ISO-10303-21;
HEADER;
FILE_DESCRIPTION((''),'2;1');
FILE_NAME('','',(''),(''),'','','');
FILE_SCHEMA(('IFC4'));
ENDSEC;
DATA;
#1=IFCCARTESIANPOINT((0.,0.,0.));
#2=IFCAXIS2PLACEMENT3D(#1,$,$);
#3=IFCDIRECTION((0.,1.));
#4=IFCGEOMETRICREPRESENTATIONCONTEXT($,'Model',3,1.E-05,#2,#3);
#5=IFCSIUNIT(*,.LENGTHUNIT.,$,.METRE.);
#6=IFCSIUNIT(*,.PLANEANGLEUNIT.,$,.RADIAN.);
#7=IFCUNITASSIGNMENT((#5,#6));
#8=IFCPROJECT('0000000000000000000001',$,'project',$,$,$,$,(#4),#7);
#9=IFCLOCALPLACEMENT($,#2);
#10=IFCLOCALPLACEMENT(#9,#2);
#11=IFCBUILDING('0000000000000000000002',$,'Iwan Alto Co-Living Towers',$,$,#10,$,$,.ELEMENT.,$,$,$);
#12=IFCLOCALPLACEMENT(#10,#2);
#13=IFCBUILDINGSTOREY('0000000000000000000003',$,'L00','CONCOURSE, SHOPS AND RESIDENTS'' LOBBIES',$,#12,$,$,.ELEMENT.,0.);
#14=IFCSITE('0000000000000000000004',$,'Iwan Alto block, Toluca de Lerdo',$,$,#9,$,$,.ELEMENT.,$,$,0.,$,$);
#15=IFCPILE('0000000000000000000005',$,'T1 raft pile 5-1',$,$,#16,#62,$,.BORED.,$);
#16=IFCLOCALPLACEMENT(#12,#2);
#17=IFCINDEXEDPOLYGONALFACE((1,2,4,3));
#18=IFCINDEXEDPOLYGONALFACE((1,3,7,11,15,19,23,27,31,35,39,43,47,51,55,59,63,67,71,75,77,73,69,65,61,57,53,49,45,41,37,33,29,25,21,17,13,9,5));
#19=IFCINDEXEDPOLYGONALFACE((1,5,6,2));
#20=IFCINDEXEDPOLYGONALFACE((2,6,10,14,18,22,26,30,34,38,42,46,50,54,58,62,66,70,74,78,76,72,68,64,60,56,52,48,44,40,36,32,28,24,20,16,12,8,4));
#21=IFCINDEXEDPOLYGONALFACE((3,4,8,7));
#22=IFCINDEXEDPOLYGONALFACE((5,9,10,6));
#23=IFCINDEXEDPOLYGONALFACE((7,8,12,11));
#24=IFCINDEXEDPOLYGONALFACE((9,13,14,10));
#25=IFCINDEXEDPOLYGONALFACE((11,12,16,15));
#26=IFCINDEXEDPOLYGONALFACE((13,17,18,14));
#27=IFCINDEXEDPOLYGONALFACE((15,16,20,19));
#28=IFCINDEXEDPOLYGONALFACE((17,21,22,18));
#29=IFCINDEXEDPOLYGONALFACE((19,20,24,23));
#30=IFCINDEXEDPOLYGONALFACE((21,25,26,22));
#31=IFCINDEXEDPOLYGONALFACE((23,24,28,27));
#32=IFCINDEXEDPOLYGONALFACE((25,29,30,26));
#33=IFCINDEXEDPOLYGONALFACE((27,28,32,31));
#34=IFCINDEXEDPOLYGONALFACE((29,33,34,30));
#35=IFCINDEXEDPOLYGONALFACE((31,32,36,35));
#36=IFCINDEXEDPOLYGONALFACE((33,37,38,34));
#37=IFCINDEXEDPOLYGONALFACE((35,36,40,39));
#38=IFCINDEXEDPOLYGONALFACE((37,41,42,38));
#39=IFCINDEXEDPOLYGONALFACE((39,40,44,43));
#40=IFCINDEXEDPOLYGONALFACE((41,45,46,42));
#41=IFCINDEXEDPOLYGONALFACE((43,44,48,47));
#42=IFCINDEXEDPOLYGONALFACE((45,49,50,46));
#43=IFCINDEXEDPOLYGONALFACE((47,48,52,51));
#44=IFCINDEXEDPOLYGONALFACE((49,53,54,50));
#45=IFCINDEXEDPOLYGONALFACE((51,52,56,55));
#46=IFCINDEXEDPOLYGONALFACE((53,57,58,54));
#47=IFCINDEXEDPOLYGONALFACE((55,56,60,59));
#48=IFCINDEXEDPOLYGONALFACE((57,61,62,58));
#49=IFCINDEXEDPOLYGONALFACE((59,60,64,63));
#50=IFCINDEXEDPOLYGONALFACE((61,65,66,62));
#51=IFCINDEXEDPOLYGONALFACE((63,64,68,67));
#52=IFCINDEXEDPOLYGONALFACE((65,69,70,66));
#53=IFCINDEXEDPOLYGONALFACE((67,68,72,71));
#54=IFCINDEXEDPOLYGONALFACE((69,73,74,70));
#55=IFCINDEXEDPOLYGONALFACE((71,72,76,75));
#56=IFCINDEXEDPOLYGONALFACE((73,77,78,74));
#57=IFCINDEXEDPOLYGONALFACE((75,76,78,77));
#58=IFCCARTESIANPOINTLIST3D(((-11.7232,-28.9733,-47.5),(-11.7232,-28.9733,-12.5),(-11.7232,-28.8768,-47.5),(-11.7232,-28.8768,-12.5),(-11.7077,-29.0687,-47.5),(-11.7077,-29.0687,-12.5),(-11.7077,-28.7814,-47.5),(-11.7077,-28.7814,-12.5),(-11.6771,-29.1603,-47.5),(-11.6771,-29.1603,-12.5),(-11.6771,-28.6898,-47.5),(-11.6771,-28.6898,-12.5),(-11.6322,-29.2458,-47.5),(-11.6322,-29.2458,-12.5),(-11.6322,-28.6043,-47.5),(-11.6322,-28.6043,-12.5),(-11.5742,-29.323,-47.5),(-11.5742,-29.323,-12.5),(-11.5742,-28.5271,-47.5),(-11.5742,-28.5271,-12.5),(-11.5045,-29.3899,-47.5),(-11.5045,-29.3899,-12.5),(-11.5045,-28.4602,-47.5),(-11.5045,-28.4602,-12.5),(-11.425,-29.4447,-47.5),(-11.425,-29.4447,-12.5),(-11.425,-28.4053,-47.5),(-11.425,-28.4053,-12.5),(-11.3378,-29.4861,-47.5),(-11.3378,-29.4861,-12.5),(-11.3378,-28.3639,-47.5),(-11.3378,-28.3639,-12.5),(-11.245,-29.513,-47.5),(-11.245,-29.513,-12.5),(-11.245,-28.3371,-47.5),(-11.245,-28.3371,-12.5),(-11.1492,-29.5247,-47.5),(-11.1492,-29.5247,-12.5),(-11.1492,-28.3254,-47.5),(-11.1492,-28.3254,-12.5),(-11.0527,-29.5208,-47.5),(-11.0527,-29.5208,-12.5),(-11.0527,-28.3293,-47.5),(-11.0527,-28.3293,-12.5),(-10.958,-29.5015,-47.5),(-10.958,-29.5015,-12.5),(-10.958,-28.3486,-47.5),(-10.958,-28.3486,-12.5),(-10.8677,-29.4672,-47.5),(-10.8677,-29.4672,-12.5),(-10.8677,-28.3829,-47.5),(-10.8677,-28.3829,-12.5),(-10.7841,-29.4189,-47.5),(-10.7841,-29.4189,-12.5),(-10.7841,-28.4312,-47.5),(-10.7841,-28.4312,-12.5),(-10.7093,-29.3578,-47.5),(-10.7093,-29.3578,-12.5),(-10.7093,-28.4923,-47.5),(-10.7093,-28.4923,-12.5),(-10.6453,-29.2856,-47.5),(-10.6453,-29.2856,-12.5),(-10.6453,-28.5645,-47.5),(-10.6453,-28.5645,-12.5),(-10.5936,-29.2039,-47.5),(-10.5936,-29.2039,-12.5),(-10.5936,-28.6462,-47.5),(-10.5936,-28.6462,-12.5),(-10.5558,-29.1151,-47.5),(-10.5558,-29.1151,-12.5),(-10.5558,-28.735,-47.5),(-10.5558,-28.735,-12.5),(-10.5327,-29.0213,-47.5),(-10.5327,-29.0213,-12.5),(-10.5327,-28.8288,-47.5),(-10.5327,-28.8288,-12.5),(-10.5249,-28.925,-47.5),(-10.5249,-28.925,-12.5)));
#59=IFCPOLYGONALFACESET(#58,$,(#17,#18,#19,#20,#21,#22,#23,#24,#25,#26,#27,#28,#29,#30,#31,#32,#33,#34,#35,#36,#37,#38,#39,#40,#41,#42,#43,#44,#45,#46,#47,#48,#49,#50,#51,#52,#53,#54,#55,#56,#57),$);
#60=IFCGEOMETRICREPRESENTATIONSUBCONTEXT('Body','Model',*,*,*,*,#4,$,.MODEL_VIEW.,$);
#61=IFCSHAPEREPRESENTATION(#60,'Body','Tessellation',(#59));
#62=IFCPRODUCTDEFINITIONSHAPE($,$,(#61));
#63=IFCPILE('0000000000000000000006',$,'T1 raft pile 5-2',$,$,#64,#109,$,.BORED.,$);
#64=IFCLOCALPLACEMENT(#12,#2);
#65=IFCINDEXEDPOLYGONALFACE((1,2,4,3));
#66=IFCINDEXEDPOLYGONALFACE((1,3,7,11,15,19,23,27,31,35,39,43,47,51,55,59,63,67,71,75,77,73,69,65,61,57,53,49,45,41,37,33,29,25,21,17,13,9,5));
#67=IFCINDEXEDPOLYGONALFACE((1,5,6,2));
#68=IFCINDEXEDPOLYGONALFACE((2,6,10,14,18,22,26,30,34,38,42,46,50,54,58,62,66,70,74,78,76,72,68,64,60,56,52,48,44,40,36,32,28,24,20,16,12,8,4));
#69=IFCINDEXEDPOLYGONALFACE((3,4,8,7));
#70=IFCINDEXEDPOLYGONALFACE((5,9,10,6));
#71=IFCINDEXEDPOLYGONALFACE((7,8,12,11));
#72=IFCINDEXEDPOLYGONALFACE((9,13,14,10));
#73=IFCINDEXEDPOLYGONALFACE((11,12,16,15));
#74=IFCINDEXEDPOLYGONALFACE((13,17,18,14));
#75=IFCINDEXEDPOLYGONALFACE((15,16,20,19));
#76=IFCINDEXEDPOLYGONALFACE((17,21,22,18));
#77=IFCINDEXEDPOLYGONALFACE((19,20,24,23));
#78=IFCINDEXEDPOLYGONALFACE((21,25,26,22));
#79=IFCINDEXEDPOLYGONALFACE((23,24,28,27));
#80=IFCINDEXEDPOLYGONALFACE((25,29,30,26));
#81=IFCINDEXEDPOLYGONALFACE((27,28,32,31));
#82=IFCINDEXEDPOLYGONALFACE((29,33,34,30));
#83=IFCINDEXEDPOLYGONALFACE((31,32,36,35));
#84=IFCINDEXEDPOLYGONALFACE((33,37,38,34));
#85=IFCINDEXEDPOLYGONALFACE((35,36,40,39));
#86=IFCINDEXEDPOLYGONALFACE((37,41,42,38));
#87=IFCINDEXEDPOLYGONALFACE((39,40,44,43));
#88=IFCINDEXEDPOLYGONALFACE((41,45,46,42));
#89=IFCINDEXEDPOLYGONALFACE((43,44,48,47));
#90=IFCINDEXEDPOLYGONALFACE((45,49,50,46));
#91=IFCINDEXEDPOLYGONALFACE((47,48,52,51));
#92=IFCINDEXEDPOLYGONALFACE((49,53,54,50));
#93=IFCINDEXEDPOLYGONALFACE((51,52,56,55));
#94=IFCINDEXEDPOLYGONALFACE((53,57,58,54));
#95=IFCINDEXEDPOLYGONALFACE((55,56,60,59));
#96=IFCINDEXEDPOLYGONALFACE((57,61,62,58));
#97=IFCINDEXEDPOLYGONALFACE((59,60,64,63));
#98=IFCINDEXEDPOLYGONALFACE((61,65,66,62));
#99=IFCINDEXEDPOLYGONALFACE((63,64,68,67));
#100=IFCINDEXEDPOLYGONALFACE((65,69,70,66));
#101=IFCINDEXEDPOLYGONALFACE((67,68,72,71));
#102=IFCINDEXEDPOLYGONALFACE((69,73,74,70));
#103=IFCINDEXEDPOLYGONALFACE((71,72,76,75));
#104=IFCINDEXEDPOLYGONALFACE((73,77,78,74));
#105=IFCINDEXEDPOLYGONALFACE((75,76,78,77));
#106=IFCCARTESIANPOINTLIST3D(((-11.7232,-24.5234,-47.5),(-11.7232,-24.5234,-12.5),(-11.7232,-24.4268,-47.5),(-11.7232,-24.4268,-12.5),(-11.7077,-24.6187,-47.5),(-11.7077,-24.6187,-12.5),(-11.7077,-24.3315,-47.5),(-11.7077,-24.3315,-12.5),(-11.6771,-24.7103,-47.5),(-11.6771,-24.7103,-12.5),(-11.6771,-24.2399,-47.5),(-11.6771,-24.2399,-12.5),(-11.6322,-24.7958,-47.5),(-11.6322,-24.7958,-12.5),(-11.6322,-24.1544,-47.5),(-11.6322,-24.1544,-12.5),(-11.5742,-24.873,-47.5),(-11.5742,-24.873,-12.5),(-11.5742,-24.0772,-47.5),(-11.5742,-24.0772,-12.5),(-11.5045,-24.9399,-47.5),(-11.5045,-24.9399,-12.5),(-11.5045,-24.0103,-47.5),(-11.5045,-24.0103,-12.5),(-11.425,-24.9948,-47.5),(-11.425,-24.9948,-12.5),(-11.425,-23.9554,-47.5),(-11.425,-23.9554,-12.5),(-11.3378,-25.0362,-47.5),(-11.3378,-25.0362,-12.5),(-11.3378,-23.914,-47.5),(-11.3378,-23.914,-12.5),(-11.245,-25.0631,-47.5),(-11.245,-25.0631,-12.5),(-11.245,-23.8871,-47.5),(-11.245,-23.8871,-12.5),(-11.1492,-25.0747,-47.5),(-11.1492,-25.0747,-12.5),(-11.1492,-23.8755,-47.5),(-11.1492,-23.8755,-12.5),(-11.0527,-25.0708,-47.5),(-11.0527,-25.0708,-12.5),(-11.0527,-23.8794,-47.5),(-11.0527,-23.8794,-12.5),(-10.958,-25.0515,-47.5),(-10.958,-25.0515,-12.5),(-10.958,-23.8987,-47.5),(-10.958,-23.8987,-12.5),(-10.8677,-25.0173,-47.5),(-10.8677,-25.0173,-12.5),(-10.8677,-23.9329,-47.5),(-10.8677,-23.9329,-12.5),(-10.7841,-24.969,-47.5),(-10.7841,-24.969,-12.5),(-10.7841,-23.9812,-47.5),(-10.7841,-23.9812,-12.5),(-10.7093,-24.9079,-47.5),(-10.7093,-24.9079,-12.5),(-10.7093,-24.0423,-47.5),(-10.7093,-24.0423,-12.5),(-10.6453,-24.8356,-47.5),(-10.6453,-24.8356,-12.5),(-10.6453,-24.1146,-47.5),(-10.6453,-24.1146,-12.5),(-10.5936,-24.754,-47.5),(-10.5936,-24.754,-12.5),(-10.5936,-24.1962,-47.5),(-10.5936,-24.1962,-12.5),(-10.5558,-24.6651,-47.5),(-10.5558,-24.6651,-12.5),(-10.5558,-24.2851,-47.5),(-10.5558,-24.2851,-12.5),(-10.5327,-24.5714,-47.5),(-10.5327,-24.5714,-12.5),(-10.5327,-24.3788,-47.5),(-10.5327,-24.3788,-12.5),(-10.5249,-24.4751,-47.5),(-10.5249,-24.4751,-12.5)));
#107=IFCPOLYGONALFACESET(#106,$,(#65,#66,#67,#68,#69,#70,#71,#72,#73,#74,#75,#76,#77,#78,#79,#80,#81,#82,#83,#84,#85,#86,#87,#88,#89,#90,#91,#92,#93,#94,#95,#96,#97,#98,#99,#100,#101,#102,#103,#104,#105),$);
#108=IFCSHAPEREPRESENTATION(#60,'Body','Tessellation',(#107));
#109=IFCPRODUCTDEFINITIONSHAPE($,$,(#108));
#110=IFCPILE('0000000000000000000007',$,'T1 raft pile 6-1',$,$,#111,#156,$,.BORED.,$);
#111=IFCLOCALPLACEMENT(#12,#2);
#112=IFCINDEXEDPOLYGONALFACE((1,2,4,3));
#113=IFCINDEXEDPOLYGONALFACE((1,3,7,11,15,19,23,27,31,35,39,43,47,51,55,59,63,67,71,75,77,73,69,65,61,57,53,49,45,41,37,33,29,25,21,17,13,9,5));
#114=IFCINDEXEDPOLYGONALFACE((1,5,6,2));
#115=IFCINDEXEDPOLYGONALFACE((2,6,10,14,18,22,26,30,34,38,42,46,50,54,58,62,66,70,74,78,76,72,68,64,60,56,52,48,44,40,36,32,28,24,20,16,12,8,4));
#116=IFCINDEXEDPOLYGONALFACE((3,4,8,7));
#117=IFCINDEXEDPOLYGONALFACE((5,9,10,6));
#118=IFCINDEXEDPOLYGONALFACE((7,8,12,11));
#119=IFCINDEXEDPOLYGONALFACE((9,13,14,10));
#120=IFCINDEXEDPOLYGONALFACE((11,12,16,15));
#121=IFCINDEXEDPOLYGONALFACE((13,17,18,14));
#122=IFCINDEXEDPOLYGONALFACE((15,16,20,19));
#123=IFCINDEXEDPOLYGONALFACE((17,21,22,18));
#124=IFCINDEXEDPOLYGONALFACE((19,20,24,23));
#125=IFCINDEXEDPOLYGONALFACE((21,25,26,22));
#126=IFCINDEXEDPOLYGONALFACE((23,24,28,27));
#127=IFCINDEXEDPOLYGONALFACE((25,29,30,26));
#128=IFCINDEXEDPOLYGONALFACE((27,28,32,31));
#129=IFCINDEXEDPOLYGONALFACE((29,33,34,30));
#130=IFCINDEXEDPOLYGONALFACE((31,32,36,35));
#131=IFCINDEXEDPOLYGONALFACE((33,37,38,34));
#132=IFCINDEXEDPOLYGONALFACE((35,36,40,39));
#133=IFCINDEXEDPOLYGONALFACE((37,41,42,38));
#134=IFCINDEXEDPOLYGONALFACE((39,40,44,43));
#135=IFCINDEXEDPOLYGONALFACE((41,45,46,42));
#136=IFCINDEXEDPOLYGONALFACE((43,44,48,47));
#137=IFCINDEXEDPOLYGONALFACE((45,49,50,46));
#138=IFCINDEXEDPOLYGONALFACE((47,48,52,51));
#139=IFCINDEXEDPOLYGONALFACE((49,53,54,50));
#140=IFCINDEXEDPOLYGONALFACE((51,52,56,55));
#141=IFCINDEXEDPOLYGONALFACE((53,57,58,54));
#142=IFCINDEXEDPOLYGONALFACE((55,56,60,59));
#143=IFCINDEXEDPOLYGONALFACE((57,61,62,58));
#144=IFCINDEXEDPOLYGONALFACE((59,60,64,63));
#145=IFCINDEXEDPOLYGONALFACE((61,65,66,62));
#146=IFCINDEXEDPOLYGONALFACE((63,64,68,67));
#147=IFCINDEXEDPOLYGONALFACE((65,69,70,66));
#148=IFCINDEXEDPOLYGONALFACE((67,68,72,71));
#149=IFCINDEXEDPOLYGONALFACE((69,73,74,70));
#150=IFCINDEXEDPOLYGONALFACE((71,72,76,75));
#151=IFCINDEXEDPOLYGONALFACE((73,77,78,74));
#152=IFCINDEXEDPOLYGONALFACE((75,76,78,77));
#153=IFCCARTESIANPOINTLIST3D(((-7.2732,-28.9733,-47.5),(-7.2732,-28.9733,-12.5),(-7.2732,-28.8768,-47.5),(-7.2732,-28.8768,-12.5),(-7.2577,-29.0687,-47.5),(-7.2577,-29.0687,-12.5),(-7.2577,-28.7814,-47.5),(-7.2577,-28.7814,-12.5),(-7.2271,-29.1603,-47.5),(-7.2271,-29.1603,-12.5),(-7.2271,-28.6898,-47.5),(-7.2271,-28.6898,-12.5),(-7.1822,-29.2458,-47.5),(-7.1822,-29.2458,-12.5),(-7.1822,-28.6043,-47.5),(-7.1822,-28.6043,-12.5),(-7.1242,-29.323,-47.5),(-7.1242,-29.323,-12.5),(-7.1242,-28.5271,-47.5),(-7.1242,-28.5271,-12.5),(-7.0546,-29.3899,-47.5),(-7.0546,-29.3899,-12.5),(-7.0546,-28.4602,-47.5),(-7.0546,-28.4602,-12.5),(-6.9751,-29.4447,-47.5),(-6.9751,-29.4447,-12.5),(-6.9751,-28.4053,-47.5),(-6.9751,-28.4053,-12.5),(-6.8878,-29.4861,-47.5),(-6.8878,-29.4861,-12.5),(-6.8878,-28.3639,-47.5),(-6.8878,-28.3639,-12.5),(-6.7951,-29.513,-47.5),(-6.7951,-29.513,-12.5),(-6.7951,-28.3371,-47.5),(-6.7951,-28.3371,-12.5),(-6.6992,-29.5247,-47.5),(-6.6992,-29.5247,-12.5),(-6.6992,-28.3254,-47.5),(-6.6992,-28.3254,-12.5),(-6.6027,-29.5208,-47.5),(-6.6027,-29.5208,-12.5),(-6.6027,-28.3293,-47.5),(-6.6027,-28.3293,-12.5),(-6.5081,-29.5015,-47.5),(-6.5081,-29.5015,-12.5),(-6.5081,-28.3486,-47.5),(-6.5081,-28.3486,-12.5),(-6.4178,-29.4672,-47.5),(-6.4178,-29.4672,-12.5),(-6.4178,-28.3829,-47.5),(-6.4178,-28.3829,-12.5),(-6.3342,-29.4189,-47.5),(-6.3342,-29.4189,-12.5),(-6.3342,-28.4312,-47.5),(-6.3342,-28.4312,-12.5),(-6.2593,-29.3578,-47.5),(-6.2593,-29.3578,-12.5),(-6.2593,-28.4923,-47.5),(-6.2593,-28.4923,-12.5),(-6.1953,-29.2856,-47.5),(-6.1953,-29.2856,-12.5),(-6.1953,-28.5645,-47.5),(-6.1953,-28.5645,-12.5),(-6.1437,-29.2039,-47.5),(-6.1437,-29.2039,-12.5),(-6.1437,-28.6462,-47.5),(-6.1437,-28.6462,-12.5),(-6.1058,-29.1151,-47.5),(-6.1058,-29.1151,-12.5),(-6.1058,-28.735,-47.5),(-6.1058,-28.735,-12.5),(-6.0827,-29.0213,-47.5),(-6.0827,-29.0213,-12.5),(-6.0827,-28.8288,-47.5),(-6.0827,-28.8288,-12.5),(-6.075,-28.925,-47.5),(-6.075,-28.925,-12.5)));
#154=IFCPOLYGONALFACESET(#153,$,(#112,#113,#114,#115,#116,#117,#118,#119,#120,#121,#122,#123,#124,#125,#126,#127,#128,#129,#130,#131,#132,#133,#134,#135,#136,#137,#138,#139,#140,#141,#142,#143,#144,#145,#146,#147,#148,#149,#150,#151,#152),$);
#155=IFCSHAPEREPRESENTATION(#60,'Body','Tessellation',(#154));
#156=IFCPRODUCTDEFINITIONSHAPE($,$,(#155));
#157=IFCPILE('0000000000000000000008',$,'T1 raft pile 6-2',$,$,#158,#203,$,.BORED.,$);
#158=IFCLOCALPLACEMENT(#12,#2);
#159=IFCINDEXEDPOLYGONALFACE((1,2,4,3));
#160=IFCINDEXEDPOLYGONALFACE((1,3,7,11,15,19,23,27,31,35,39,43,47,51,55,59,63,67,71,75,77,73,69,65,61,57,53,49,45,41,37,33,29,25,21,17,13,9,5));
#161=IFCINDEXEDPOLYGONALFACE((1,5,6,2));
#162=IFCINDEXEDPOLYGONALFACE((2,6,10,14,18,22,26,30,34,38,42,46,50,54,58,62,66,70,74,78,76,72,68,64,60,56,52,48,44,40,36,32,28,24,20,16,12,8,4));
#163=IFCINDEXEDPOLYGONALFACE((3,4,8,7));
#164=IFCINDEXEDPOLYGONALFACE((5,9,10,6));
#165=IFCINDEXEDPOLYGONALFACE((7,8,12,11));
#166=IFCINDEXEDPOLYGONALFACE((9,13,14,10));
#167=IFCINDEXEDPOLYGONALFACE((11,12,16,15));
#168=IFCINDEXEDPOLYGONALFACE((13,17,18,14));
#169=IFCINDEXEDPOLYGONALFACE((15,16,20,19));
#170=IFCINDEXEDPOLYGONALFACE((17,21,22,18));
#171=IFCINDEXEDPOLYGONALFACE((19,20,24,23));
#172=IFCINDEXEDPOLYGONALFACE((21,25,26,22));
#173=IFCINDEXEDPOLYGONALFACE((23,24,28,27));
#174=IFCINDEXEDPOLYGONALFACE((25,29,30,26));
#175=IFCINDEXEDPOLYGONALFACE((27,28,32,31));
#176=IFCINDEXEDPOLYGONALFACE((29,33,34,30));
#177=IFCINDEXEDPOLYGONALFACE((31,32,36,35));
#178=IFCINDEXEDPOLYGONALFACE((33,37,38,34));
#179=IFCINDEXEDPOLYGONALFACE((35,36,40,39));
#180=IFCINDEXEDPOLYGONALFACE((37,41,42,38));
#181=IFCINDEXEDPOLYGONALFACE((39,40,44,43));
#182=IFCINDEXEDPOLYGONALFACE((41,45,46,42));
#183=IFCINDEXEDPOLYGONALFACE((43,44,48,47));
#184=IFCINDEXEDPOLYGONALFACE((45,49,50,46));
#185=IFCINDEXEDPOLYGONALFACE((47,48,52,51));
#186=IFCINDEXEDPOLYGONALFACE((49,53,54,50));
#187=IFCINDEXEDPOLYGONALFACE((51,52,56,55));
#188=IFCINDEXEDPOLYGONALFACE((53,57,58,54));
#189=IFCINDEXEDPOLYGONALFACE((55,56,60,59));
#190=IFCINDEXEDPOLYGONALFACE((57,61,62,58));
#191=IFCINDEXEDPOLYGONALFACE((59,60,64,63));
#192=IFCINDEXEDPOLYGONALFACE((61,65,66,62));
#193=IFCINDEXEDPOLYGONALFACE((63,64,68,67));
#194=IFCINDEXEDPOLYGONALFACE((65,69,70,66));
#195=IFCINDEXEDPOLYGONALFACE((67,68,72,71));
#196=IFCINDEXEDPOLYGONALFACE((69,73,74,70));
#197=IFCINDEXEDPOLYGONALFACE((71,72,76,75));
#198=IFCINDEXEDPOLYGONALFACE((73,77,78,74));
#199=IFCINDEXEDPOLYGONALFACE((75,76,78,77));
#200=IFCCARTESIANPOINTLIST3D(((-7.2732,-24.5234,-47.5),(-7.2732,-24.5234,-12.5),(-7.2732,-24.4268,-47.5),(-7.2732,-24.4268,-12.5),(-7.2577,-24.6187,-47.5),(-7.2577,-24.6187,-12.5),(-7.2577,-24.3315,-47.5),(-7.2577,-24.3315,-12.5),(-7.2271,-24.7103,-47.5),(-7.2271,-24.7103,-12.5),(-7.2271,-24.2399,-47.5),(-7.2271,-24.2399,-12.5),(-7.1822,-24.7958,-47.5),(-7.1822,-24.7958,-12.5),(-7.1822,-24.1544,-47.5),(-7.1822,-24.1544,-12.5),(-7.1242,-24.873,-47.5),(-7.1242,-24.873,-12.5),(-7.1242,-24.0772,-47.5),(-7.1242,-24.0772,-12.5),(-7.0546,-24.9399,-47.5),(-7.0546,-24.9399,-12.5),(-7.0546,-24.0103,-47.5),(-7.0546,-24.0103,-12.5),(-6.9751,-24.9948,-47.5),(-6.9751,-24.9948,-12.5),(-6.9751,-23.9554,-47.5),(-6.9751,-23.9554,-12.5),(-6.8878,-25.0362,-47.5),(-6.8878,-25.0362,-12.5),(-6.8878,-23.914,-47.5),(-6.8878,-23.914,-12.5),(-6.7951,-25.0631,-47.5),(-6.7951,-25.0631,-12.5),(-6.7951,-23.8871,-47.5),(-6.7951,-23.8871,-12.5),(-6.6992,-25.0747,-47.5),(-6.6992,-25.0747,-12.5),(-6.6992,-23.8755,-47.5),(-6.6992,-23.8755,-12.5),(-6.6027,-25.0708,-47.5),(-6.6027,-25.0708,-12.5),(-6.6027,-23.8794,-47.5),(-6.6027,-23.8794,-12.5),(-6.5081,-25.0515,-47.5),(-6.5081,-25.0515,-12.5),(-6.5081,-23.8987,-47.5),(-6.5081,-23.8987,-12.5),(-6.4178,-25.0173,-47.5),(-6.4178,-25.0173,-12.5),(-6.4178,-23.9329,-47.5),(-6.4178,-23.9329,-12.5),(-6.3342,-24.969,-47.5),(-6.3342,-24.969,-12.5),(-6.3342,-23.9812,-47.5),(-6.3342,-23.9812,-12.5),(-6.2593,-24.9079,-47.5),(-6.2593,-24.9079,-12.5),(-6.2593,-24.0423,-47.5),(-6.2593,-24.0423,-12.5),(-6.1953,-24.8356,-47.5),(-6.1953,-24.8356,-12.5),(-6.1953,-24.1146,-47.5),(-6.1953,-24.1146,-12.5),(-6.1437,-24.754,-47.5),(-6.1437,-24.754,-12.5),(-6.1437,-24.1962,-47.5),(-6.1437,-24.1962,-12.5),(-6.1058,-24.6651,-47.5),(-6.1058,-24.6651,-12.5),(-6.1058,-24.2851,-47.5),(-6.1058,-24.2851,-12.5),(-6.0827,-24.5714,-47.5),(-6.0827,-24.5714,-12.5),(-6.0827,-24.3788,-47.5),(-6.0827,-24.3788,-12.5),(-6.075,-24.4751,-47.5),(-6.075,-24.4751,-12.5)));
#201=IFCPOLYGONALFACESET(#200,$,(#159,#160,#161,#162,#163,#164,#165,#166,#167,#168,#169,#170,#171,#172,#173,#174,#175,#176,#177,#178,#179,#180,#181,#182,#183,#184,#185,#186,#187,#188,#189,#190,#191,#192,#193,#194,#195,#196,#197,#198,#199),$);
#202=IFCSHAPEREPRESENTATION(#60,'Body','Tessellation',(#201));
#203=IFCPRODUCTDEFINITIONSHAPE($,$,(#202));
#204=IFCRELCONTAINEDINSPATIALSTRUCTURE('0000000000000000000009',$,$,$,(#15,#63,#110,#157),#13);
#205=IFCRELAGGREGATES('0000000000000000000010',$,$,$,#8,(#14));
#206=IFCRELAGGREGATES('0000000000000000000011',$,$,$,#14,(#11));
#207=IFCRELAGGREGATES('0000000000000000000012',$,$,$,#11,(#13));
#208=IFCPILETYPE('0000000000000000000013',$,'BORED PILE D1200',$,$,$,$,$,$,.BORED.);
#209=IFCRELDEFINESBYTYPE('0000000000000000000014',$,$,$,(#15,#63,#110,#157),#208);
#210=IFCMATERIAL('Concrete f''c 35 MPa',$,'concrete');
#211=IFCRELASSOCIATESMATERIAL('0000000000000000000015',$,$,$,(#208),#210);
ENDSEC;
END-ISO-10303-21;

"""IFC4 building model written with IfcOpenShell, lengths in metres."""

from ifc_helpers import new_model, si_unit, direction, frame, origin, origin_2d, place, context, subcontext, project, spatial, circle, extrude, material, material_profile, profile_set, type_object, element, save


model = new_model("IFC4")

# Units and contexts
model_context = context("Model", 3, precision=1e-05, world=origin(), true_north=direction((0.0, 1.0)))
body_context = subcontext(model_context, "Body", "Model", "MODEL_VIEW")
ifc_project = project(units=[si_unit("LENGTHUNIT", "METRE"), si_unit("PLANEANGLEUNIT", "RADIAN")], contexts=[model_context])

# Site, building, storey
site_placement = place(None, origin())
site = spatial("IfcSite", under=ifc_project, at=site_placement, Name="Iwan Alto block, Toluca de Lerdo", CompositionType="ELEMENT", RefElevation=0.0)
building_placement = place(site_placement, origin())
building = spatial("IfcBuilding", under=site, at=building_placement, Name="Iwan Alto Co-Living Towers", CompositionType="ELEMENT")
storey_placement = place(building_placement, origin())
storey = spatial("IfcBuildingStorey", under=building, at=storey_placement, Name="L00", Description="CONCOURSE, SHOPS AND RESIDENTS' LOBBIES", CompositionType="ELEMENT", Elevation=0.0)

# Piles
ifc_material_1 = material(Name="Concrete f'c 35 MPa", Category="concrete")
ifc_material_profile_1 = material_profile(ifc_material_1, circle(Radius=0.6001, at=origin_2d()), Name="D1200")
ifc_profile_set_1 = profile_set([ifc_material_profile_1], Name="Concrete f'c 35 MPa")
pile_type_1 = type_object("IfcPileType", Name="BORED PILE D1200", PredefinedType="BORED", material=ifc_profile_set_1)
for number, where, z_axis, x_axis, name in (
    (1, (-11.125, -28.925, -12.5), (0.0, 0.0, -1.0), (1.0, 0.0, 0.0), "T1 raft pile 5-1"),
    (2, (-11.125, -24.4751, -12.5), (0.0, 0.0, -1.0), (1.0, 0.0, 0.0), "T1 raft pile 5-2"),
    (3, (-6.675, -28.925, -12.5), (0.0, 0.0, -1.0), (1.0, 0.0, 0.0), "T1 raft pile 6-1"),
    (4, (-6.675, -24.4751, -12.5), (0.0, 0.0, -1.0), (1.0, 0.0, 0.0), "T1 raft pile 6-2"),
):
    element("IfcPile", number, at=place(storey_placement, frame(where, z_axis=z_axis, x_axis=x_axis)), inside=storey, type_object=pile_type_1, Name=name, PredefinedType="BORED", context=body_context, shape_type="SweptSolid", body=[
        extrude(circle(Radius=0.6001, at=origin_2d()), origin(), (0.0, 0.0, 1.0), 35.0),
    ])

save(model, "model.ifc")
